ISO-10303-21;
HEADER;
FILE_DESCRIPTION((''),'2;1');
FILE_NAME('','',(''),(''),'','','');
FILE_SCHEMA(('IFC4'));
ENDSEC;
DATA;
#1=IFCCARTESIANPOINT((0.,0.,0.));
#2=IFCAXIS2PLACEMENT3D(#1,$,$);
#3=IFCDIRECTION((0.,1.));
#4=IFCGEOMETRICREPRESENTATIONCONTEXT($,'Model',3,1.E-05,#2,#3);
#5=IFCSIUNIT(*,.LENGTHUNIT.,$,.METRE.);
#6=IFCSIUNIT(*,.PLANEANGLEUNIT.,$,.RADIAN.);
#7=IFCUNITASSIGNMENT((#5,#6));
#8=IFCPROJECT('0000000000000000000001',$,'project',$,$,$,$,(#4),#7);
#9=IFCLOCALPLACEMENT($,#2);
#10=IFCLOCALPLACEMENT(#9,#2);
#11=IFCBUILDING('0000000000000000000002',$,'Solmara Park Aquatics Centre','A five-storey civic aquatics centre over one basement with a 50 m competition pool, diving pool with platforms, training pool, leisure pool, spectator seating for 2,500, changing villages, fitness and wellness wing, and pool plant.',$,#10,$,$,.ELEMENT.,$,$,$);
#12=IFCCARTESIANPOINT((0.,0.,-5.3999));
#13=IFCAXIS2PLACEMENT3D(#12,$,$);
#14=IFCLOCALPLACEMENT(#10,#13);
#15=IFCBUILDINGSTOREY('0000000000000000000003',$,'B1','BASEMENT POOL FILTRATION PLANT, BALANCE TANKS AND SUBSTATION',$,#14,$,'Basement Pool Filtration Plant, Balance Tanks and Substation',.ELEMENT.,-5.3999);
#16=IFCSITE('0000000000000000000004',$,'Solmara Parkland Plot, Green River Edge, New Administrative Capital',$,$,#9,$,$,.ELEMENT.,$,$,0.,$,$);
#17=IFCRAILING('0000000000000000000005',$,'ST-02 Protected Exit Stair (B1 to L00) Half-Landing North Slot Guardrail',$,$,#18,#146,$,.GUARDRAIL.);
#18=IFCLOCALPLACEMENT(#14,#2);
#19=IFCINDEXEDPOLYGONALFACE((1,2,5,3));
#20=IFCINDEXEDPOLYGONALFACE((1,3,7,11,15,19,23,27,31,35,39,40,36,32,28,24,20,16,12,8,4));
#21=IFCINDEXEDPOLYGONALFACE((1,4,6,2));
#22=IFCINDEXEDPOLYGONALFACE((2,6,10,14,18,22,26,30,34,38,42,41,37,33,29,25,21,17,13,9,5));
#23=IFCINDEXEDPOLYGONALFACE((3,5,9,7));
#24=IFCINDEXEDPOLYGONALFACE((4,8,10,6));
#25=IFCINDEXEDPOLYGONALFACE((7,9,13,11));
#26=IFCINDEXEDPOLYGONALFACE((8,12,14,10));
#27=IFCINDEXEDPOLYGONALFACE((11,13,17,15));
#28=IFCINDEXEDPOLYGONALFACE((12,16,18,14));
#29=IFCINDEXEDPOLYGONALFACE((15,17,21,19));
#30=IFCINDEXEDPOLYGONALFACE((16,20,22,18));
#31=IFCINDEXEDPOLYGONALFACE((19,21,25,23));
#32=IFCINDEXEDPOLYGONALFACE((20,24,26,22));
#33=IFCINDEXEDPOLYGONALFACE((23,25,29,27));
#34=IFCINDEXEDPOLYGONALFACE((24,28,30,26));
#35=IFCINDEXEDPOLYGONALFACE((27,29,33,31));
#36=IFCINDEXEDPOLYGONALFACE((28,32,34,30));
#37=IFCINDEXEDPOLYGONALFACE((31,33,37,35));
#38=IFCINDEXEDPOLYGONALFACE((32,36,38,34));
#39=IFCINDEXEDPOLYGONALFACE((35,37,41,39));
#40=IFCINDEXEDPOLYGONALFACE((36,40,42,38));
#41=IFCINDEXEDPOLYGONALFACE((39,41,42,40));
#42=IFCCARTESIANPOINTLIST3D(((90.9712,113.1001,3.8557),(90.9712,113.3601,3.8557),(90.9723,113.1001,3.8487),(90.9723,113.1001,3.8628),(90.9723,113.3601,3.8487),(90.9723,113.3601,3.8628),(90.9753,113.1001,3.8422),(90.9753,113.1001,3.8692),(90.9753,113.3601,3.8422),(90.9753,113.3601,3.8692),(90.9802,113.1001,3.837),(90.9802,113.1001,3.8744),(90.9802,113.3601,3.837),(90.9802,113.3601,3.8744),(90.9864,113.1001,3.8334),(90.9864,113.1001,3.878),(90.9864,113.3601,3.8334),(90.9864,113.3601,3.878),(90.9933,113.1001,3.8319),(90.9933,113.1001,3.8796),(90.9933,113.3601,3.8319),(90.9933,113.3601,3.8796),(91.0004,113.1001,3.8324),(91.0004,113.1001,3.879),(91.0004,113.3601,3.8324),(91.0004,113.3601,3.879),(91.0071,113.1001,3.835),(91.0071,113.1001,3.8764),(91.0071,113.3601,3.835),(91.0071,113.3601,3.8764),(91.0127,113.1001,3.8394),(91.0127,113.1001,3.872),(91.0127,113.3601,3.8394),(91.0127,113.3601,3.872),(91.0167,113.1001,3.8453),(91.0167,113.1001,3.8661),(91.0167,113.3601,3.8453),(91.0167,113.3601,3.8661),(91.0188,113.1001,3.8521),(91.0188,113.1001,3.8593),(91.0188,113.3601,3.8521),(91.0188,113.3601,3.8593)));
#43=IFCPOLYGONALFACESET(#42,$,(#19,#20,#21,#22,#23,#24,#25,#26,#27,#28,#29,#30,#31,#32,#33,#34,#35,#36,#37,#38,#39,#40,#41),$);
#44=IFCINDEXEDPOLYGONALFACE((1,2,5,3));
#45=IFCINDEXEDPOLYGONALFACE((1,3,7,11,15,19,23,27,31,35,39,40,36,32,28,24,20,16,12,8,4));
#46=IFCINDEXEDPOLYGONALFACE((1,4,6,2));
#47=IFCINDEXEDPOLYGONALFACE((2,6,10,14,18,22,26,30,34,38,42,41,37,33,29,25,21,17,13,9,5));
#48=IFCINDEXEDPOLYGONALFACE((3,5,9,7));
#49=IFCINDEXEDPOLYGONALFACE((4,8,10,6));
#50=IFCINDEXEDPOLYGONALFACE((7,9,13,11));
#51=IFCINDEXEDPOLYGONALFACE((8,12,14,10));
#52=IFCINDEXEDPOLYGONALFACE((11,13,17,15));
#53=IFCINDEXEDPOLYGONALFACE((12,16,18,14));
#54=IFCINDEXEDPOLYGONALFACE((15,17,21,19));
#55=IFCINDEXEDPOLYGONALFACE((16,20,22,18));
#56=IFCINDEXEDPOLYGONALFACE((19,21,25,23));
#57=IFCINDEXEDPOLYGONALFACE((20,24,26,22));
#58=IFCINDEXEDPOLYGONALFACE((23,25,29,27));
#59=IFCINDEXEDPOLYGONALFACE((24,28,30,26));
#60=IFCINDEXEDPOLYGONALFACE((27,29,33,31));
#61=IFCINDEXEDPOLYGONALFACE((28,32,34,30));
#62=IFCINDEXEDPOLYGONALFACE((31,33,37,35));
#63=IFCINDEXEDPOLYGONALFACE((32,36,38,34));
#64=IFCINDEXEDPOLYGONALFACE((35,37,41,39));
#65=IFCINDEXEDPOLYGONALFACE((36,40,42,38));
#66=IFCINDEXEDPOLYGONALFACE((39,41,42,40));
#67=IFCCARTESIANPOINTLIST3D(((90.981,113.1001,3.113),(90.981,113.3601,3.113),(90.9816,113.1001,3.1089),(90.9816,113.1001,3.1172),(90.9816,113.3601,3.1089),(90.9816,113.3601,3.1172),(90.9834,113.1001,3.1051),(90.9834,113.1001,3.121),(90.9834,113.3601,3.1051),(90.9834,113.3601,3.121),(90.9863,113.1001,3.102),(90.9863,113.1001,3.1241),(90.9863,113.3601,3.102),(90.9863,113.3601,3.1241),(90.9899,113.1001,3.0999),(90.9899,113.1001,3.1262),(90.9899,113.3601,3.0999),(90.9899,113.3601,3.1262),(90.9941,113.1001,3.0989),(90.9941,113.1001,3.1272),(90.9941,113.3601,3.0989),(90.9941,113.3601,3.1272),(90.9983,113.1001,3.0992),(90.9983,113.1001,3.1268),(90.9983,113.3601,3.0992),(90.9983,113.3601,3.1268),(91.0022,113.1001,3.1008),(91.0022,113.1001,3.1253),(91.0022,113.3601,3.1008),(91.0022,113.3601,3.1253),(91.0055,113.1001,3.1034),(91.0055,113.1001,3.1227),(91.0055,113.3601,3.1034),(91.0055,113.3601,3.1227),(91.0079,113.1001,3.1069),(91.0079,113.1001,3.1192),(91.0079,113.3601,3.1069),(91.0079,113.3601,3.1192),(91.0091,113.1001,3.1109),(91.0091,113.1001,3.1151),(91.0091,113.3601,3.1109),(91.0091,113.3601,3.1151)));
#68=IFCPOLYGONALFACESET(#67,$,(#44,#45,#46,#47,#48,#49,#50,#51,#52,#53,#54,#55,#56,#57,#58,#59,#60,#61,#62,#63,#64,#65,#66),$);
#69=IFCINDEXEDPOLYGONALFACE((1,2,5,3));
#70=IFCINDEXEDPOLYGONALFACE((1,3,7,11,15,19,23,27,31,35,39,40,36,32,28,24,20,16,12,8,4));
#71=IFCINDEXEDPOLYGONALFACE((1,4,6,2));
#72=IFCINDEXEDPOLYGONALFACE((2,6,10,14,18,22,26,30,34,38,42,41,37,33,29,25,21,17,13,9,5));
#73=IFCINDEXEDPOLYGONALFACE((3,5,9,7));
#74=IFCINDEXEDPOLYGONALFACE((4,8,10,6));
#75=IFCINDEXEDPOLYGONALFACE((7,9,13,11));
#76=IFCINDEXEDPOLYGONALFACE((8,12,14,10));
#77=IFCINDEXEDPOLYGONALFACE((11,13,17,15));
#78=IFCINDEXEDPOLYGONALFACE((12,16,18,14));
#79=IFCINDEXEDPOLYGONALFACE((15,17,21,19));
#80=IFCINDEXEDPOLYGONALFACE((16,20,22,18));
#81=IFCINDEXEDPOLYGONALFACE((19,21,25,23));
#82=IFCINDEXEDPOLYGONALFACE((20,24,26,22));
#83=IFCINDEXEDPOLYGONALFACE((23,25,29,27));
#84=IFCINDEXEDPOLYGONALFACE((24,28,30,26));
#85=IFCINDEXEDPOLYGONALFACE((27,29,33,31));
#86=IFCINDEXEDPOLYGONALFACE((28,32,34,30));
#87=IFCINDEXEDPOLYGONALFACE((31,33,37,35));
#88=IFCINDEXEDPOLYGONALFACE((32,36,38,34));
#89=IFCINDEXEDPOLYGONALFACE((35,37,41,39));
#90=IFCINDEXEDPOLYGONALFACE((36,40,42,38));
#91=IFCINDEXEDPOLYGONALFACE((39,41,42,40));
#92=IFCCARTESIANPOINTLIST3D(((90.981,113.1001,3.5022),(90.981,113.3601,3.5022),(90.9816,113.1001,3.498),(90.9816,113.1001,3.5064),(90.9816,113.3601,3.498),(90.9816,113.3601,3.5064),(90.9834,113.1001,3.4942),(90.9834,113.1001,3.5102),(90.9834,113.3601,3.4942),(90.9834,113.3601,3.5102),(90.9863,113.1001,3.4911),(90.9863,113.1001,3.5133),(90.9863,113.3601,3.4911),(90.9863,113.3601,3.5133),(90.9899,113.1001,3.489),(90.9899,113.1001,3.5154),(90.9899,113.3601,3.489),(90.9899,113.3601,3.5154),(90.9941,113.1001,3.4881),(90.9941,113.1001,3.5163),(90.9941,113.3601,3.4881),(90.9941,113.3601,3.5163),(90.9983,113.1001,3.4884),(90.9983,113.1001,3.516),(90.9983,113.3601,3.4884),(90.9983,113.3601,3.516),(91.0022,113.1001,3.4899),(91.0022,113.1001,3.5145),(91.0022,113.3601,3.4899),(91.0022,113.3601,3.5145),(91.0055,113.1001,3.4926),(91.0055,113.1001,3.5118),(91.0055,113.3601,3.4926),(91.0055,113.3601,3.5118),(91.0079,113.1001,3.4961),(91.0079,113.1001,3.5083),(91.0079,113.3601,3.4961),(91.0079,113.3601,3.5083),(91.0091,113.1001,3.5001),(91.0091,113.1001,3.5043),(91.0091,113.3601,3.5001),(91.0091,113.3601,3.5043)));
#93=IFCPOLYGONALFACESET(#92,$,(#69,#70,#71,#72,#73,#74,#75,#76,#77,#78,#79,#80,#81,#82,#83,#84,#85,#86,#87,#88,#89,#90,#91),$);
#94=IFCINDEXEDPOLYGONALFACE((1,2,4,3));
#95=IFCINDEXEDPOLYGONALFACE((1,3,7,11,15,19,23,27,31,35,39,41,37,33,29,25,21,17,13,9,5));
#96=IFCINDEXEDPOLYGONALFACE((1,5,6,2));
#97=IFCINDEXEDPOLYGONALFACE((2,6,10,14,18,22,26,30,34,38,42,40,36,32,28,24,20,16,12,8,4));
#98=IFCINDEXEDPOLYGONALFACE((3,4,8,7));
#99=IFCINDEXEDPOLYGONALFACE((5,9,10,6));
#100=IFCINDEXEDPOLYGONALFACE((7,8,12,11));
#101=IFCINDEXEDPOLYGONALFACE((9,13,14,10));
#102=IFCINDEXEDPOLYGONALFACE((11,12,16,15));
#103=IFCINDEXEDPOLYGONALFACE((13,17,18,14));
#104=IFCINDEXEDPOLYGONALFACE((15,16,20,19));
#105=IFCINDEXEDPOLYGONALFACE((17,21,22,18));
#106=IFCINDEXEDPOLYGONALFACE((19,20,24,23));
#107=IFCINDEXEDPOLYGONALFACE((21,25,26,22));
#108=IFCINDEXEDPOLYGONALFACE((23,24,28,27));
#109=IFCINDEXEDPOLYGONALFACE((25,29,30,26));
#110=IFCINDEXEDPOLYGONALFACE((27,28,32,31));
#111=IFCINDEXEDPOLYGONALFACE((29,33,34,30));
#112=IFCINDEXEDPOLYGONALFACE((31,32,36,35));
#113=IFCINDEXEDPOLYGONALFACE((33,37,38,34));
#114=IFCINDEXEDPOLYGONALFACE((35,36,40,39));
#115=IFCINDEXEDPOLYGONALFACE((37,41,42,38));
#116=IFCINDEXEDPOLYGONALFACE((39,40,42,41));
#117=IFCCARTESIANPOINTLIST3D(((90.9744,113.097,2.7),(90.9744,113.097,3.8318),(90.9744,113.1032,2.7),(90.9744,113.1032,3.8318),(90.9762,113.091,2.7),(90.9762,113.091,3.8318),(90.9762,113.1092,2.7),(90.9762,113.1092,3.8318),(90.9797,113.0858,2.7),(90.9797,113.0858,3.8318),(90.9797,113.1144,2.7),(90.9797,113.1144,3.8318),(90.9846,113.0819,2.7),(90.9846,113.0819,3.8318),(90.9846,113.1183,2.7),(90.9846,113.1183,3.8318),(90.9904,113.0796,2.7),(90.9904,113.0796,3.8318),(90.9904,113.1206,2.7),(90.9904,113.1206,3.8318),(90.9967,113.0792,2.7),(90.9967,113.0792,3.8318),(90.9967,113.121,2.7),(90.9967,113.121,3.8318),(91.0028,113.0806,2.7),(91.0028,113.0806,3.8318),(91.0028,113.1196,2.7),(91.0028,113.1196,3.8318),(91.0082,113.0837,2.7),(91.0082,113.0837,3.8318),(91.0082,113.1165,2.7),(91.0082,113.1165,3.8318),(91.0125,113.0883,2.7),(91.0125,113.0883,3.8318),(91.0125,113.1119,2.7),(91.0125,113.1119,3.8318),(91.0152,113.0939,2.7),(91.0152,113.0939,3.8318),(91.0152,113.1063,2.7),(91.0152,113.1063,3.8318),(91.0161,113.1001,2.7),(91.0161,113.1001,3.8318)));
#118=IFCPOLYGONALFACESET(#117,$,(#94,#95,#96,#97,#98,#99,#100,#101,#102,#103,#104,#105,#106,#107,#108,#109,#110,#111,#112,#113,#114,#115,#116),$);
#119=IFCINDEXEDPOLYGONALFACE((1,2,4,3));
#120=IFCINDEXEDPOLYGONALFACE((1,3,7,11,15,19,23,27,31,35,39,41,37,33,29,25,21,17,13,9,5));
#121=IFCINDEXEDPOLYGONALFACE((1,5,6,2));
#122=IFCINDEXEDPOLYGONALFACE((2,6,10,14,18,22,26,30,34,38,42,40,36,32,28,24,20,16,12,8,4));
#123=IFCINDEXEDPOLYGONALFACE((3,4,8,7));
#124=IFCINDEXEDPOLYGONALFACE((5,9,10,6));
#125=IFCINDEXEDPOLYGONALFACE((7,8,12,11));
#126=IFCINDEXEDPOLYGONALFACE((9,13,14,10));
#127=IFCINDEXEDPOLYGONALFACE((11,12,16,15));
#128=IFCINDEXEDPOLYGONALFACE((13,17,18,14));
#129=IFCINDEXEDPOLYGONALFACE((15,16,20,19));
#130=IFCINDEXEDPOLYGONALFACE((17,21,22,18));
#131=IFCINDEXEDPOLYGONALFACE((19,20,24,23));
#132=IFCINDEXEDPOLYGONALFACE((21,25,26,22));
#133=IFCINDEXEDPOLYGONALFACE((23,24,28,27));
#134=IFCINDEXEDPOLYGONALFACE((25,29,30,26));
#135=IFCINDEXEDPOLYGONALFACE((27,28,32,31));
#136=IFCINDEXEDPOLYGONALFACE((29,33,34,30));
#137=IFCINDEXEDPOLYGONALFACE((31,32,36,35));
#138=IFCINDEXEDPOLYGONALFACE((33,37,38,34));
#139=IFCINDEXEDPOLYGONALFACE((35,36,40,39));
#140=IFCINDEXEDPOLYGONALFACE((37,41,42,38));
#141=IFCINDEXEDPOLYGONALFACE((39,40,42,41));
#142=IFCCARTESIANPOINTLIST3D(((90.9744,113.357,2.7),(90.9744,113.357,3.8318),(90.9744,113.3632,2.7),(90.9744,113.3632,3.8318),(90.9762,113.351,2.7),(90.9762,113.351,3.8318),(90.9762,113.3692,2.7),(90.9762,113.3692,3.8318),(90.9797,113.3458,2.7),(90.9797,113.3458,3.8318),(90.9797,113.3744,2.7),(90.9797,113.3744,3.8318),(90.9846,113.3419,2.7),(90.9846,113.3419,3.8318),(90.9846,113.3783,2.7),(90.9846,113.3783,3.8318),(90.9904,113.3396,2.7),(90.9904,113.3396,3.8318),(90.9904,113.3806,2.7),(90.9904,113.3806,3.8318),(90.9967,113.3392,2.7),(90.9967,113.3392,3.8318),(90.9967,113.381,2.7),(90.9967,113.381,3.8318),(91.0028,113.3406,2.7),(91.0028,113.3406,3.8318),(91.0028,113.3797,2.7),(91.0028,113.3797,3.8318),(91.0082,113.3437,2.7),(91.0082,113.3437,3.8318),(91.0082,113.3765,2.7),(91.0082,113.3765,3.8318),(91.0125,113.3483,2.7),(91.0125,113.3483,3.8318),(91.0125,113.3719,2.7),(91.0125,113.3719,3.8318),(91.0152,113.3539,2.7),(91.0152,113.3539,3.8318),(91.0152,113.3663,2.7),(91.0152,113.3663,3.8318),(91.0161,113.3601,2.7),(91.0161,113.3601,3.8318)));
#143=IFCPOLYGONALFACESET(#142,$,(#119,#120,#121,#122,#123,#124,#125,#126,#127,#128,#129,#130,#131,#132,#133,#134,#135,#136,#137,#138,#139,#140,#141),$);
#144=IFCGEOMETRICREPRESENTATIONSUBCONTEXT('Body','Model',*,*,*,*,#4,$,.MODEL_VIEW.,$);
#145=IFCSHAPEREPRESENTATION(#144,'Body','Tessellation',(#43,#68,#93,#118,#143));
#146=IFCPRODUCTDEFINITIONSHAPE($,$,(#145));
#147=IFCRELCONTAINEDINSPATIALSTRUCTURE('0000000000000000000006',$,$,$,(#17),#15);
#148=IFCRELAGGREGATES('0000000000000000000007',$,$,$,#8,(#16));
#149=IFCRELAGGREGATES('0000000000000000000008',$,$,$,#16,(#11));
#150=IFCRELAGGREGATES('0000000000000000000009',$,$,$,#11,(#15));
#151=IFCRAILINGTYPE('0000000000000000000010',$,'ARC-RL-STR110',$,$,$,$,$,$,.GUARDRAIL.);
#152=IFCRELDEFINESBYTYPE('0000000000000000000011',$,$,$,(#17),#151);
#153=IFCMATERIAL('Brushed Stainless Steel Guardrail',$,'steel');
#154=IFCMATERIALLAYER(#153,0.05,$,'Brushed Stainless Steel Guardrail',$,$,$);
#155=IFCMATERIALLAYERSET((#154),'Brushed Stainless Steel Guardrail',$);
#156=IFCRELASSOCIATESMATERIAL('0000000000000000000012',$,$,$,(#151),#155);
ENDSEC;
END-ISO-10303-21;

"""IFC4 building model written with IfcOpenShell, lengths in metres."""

from ifc_helpers import new_model, si_unit, direction, frame, origin, origin_2d, place, context, subcontext, project, spatial, circle, extrude, material, layer, layer_set, type_object, element, save


model = new_model("IFC4")

# Units and contexts
model_context = context("Model", 3, precision=1e-05, world=origin(), true_north=direction((0.0, 1.0)))
body_context = subcontext(model_context, "Body", "Model", "MODEL_VIEW")
ifc_project = project(units=[si_unit("LENGTHUNIT", "METRE"), si_unit("PLANEANGLEUNIT", "RADIAN")], contexts=[model_context])

# Site, building, storey
site_placement = place(None, origin())
site = spatial("IfcSite", under=ifc_project, at=site_placement, Name="Solmara Parkland Plot, Green River Edge, New Administrative Capital", CompositionType="ELEMENT", RefElevation=0.0)
building_placement = place(site_placement, origin())
building = spatial("IfcBuilding", under=site, at=building_placement, Name="Solmara Park Aquatics Centre", Description="A five-storey civic aquatics centre over one basement with a 50 m competition pool, diving pool with platforms, training pool, leisure pool, spectator seating for 2,500, changing villages, fitness and wellness wing, and pool plant.", CompositionType="ELEMENT")
storey_placement = place(building_placement, frame((0.0, 0.0, -5.3999)))
storey = spatial("IfcBuildingStorey", under=building, at=storey_placement, Name="B1", Description="BASEMENT POOL FILTRATION PLANT, BALANCE TANKS AND SUBSTATION", LongName="Basement Pool Filtration Plant, Balance Tanks and Substation", CompositionType="ELEMENT", Elevation=-5.3999)

# Railing
ifc_material_1 = material(Name="Brushed Stainless Steel Guardrail", Category="steel")
ifc_layer_1 = layer(ifc_material_1, 0.05, Name="Brushed Stainless Steel Guardrail")
ifc_layer_set_1 = layer_set([ifc_layer_1], Name="Brushed Stainless Steel Guardrail")
railing_type_1 = type_object("IfcRailingType", Name="ARC-RL-STR110", PredefinedType="GUARDRAIL", material=ifc_layer_set_1)
railing_1_placement = place(storey_placement, frame((90.9951, 113.1001, 2.7)))
element("IfcRailing", 1, at=railing_1_placement, inside=storey, type_object=railing_type_1, Name="ST-02 Protected Exit Stair (B1 to L00) Half-Landing North Slot Guardrail", PredefinedType="GUARDRAIL", context=body_context, shape_type="SweptSolid", body=[
    extrude(circle(Radius=0.0239, at=origin_2d()), frame((0.0, 0.0, 1.1558), z_axis=(0.0, 1.0, 0.0), x_axis=(-1.0, 0.0, 0.0)), (0.0, 0.0, 1.0), 0.26),
    extrude(circle(Radius=0.0142, at=origin_2d()), frame((0.0, 0.0, 0.4131), z_axis=(0.0, 1.0, 0.0), x_axis=(-1.0, 0.0, 0.0)), (0.0, 0.0, 1.0), 0.26),
    extrude(circle(Radius=0.0142, at=origin_2d()), frame((0.0, 0.0, 0.8022), z_axis=(0.0, 1.0, 0.0), x_axis=(-1.0, 0.0, 0.0)), (0.0, 0.0, 1.0), 0.26),
    extrude(circle(Radius=0.021, at=origin_2d()), origin(), (0.0, 0.0, 1.0), 1.1318),
    extrude(circle(Radius=0.021, at=origin_2d()), frame((0.0, 0.26, 0.0)), (0.0, 0.0, 1.0), 1.1318),
])

save(model, "model.ifc")
